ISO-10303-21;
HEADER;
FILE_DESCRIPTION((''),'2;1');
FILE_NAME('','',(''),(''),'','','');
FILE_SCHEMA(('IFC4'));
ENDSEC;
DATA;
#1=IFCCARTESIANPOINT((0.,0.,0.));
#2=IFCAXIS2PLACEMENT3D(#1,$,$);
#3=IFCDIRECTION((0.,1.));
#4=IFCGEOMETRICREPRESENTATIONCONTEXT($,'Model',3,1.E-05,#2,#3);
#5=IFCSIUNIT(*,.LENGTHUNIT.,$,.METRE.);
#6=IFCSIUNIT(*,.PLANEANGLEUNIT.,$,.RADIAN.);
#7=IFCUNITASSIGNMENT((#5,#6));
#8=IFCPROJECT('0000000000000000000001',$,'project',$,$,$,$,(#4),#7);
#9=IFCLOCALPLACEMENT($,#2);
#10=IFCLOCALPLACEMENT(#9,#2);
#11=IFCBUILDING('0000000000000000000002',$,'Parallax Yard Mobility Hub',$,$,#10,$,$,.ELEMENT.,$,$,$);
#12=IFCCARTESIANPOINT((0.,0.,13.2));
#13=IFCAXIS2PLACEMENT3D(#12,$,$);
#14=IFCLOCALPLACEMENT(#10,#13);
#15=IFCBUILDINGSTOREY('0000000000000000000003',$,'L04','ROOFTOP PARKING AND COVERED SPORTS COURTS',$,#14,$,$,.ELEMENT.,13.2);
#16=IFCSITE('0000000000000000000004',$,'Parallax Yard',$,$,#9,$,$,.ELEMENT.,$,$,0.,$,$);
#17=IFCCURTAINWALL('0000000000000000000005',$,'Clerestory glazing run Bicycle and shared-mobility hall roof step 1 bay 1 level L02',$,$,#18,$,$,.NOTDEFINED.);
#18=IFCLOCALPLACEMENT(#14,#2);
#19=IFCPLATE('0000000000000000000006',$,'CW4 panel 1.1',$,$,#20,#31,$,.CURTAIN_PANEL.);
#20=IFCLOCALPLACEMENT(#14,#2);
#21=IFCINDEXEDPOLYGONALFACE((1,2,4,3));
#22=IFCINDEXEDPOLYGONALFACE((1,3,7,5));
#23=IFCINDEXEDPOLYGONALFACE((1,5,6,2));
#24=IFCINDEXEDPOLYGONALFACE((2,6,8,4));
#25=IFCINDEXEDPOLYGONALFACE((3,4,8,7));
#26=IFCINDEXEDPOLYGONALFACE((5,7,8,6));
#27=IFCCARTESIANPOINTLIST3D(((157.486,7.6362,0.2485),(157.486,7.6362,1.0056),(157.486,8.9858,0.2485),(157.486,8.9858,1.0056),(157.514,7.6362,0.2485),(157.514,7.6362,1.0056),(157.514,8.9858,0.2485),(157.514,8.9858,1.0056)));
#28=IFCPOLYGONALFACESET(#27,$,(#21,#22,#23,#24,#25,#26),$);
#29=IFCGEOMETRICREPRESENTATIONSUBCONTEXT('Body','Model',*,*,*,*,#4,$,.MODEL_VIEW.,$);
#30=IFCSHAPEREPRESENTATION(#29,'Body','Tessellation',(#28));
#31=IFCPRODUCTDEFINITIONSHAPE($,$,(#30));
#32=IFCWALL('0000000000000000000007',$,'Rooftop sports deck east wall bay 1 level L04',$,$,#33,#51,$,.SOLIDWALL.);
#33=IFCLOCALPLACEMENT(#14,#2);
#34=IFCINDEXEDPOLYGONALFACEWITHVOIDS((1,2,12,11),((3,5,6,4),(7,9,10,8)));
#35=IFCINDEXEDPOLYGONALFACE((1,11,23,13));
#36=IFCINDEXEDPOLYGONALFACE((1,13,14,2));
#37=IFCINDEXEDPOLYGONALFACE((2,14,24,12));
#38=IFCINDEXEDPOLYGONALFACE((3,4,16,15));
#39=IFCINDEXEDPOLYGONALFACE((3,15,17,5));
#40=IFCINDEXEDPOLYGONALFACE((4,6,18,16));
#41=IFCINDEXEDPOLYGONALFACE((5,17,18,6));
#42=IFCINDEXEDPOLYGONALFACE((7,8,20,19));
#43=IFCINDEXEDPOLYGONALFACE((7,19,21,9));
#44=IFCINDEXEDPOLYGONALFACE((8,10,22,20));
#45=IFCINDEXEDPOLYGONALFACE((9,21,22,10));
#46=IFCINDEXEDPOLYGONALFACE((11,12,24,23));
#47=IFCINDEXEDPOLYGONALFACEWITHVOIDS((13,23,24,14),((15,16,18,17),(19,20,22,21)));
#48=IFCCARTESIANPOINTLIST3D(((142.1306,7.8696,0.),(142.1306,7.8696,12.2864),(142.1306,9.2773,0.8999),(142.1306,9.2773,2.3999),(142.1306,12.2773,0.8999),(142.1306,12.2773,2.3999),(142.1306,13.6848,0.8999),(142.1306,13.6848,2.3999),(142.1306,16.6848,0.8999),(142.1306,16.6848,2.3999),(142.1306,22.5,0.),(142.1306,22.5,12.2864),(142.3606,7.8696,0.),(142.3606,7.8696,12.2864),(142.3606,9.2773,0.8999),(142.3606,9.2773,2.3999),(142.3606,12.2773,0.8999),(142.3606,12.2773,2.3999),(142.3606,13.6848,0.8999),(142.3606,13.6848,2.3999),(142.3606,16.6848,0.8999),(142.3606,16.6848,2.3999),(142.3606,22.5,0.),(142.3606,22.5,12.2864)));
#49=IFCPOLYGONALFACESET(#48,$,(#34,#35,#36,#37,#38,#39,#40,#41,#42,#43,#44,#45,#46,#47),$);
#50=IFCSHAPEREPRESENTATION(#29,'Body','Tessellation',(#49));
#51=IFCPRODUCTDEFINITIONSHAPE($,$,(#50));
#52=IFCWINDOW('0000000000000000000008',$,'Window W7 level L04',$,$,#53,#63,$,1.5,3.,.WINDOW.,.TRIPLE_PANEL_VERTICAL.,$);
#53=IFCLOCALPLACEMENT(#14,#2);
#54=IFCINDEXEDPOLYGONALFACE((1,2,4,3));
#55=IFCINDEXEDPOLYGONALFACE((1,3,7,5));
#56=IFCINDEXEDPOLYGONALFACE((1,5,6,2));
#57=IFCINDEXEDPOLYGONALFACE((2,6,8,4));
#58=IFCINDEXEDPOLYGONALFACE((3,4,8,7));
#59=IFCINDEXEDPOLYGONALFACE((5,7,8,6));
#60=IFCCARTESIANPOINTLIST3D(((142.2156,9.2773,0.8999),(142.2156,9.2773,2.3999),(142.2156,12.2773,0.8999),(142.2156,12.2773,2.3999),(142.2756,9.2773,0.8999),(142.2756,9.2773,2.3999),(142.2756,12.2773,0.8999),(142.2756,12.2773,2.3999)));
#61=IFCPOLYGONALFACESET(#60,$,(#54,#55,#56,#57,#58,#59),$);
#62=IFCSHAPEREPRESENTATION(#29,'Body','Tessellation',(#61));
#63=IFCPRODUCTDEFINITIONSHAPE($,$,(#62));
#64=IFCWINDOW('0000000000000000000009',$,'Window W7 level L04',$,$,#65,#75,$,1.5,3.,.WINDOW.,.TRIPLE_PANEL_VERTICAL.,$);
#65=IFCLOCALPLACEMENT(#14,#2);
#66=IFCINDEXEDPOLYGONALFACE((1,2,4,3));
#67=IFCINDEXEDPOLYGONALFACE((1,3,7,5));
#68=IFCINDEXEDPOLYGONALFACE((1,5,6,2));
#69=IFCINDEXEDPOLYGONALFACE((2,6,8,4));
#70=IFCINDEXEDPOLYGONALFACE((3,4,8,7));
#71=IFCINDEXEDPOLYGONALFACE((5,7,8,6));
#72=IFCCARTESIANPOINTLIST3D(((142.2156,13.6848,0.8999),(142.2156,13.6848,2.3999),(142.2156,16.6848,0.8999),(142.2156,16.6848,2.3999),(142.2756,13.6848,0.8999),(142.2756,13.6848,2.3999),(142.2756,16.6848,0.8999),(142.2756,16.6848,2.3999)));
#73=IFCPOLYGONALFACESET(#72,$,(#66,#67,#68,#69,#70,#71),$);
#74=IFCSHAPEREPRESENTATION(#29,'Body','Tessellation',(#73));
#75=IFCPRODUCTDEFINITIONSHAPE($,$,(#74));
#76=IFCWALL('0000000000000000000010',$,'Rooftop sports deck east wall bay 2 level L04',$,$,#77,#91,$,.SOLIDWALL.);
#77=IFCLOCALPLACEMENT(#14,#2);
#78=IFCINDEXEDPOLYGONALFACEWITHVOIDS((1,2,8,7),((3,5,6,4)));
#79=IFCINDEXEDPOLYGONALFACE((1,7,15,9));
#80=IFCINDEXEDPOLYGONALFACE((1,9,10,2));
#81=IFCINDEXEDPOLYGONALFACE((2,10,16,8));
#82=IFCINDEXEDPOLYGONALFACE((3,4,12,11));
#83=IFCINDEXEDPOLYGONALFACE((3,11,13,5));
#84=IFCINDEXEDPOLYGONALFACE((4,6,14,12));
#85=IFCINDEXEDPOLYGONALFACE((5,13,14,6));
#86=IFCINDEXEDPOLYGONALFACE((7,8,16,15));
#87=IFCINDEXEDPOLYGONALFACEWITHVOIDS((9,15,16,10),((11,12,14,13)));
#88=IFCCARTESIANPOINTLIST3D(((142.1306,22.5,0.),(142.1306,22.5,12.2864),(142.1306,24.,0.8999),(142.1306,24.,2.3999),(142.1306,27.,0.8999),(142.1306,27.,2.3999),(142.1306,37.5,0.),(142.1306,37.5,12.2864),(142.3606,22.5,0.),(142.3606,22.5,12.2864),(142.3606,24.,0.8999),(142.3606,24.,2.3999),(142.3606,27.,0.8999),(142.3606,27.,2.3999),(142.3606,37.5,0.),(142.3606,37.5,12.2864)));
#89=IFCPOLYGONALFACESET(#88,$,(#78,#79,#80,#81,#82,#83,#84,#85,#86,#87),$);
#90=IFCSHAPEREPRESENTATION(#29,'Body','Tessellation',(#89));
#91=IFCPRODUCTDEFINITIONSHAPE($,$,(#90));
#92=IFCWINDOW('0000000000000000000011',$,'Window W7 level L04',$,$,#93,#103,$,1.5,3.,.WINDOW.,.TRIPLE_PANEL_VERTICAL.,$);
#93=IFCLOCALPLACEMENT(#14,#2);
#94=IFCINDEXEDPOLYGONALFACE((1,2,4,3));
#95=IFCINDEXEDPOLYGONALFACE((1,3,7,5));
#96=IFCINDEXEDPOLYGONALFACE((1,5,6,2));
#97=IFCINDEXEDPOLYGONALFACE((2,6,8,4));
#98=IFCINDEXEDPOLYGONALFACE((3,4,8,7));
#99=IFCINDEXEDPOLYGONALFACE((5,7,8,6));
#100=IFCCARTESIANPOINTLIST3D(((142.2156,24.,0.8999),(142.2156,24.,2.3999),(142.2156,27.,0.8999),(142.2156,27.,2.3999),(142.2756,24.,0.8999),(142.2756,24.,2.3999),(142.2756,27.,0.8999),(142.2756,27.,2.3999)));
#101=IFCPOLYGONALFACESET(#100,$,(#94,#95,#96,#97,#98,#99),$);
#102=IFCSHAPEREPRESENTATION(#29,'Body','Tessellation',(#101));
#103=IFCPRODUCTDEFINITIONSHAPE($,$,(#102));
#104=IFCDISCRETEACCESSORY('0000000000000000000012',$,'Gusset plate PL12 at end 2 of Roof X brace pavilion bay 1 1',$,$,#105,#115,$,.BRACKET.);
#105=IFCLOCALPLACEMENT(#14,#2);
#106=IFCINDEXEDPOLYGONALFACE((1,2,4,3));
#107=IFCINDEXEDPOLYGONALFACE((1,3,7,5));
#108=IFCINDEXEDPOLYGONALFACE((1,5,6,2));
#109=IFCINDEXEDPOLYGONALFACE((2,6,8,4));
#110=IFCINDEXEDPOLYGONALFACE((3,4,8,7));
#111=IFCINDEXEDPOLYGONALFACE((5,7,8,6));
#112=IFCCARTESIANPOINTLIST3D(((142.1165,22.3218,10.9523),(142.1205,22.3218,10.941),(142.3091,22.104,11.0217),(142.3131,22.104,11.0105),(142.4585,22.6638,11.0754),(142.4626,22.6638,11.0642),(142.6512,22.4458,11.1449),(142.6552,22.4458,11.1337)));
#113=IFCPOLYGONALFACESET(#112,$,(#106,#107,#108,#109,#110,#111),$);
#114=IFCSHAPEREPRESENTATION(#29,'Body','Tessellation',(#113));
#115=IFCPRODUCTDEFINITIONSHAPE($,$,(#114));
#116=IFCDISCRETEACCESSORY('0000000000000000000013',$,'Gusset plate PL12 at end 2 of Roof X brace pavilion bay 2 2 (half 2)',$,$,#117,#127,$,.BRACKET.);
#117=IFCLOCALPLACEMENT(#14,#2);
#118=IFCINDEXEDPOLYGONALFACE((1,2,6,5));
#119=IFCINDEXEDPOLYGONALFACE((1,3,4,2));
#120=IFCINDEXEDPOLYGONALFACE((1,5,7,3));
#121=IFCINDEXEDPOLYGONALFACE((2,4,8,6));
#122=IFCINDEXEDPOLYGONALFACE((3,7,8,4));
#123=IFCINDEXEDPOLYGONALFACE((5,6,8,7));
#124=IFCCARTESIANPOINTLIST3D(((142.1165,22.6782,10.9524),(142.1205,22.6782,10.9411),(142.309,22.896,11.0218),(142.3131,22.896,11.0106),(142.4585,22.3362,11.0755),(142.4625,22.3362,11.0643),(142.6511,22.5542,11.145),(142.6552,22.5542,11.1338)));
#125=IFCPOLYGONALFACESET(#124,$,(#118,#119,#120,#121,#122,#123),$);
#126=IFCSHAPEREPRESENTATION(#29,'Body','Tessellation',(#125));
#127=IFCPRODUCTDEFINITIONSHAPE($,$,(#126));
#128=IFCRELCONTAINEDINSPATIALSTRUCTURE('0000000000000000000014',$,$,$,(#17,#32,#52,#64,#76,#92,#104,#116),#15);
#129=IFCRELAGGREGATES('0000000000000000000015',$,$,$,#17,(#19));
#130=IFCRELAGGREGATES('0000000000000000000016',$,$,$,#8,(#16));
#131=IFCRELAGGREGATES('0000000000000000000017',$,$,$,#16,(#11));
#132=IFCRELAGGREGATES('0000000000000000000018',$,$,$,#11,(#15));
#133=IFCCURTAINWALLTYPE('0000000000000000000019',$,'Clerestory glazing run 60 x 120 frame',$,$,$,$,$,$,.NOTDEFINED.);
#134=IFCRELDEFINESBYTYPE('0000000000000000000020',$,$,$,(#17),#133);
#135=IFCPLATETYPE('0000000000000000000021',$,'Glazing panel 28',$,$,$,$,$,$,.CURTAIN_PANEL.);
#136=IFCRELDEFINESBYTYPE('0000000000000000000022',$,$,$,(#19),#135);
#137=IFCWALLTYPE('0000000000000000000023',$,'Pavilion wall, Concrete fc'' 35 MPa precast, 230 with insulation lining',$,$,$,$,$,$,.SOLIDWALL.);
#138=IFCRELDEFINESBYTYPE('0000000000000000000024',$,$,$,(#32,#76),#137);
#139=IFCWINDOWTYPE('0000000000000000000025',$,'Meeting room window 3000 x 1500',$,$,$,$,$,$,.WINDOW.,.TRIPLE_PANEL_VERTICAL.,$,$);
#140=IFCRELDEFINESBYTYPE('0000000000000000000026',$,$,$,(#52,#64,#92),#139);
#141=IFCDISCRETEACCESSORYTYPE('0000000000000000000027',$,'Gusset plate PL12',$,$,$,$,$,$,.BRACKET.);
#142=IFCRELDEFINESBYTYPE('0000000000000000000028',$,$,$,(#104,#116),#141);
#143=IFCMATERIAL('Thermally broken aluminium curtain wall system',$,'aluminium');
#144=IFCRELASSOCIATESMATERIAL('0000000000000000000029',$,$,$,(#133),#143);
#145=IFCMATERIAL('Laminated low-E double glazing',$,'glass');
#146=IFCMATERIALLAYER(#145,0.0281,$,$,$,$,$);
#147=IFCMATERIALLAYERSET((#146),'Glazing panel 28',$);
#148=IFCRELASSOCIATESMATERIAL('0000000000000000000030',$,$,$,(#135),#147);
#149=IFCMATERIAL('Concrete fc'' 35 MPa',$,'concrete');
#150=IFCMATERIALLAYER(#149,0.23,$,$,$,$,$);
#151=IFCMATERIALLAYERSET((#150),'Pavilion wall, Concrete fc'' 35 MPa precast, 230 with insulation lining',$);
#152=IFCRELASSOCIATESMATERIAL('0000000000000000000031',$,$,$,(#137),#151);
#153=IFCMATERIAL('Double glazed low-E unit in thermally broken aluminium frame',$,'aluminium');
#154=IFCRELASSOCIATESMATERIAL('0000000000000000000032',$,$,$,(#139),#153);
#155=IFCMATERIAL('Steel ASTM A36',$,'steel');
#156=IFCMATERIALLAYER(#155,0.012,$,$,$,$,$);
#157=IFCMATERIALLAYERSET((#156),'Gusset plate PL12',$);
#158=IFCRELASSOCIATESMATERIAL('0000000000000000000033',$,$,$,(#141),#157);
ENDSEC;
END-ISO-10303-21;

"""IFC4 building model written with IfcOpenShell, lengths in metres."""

from ifc_helpers import new_model, si_unit, direction, frame, frame_2d, origin, origin_2d, place, context, subcontext, project, spatial, polyline, rectangle, outline, extrude, material, layer, layer_set, type_object, element, fill, aggregate, save


model = new_model("IFC4")

# Units and contexts
model_context = context("Model", 3, precision=1e-05, world=origin(), true_north=direction((0.0, 1.0)))
body_context = subcontext(model_context, "Body", "Model", "MODEL_VIEW")
ifc_project = project(units=[si_unit("LENGTHUNIT", "METRE"), si_unit("PLANEANGLEUNIT", "RADIAN")], contexts=[model_context])

# Site, building, storey
site_placement = place(None, origin())
site = spatial("IfcSite", under=ifc_project, at=site_placement, Name="Parallax Yard", CompositionType="ELEMENT", RefElevation=0.0)
building_placement = place(site_placement, origin())
building = spatial("IfcBuilding", under=site, at=building_placement, Name="Parallax Yard Mobility Hub", CompositionType="ELEMENT")
storey_placement = place(building_placement, frame((0.0, 0.0, 13.2)))
storey = spatial("IfcBuildingStorey", under=building, at=storey_placement, Name="L04", Description="ROOFTOP PARKING AND COVERED SPORTS COURTS", CompositionType="ELEMENT", Elevation=13.2)

# Shared definitions
ifc_material_1 = material(Name="Thermally broken aluminium curtain wall system", Category="aluminium")
curtain_wall_type = type_object("IfcCurtainWallType", Name="Clerestory glazing run 60 x 120 frame", PredefinedType="NOTDEFINED", material=ifc_material_1)

# Shared definitions
ifc_material_2 = material(Name="Laminated low-E double glazing", Category="glass")
ifc_layer_1 = layer(ifc_material_2, 0.0281)
ifc_layer_set_1 = layer_set([ifc_layer_1], Name="Glazing panel 28")
plate_type = type_object("IfcPlateType", Name="Glazing panel 28", PredefinedType="CURTAIN_PANEL", material=ifc_layer_set_1)

# Curtain wall, plate
curtain_wall_1_placement = place(storey_placement, origin())
curtain_wall_1 = element("IfcCurtainWall", 1, at=curtain_wall_1_placement, inside=storey, type_object=curtain_wall_type, Name="Clerestory glazing run Bicycle and shared-mobility hall roof step 1 bay 1 level L02", PredefinedType="NOTDEFINED")
plate_1_placement = place(storey_placement, frame((157.5, 8.311, 0.2485), z_axis=(0.0, 0.0, 1.0), x_axis=(0.0, 1.0, 0.0)))
plate_1 = element("IfcPlate", 2, at=plate_1_placement, type_object=plate_type, Name="CW4 panel 1.1", PredefinedType="CURTAIN_PANEL", context=body_context, shape_type="SweptSolid", body=[
    extrude(rectangle(XDim=1.3496, YDim=0.0281, at=origin_2d()), origin(), (0.0, 0.0, 1.0), 0.7571),
])
aggregate(curtain_wall_1, [plate_1])

# Wall, openings, windows
ifc_material_3 = material(Name="Concrete fc' 35 MPa", Category="concrete")
ifc_layer_2 = layer(ifc_material_3, 0.23)
ifc_layer_set_2 = layer_set([ifc_layer_2], Name="Pavilion wall, Concrete fc' 35 MPa precast, 230 with insulation lining")
wall_type = type_object("IfcWallType", Name="Pavilion wall, Concrete fc' 35 MPa precast, 230 with insulation lining", PredefinedType="SOLIDWALL", material=ifc_layer_set_2)
wall_1_placement = place(storey_placement, frame((142.2456, 7.8696, 0.0), z_axis=(0.0, 0.0, 1.0), x_axis=(0.0, 1.0, 0.0)))
wall_1 = element("IfcWall", 3, at=wall_1_placement, inside=storey, type_object=wall_type, Name="Rooftop sports deck east wall bay 1 level L04", PredefinedType="SOLIDWALL", context=body_context, shape_type="SweptSolid", body=[
    extrude(rectangle(XDim=14.6304, YDim=0.23, at=frame_2d((7.3152, 0.0))), origin(), (0.0, 0.0, 1.0), 12.2864),
])
opening_1_placement = place(wall_1_placement, frame((1.4077, 0.0, 0.8999)))
opening_1 = element("IfcOpeningElement", 4, at=opening_1_placement, cuts=wall_1, PredefinedType="OPENING", context=body_context, shape_type="SweptSolid", body=[
    extrude(rectangle(XDim=3.0, YDim=1.5, at=frame_2d((1.5, 0.75))), frame((0.0, 0.125, 0.0), z_axis=(0.0, -1.0, 0.0), x_axis=(1.0, 0.0, 0.0)), (0.0, 0.0, 1.0), 0.25),
])
opening_2_placement = place(wall_1_placement, frame((5.8152, 0.0, 0.8999)))
opening_2 = element("IfcOpeningElement", 5, at=opening_2_placement, cuts=wall_1, PredefinedType="OPENING", context=body_context, shape_type="SweptSolid", body=[
    extrude(rectangle(XDim=3.0, YDim=1.5, at=frame_2d((1.5, 0.75))), frame((0.0, 0.125, 0.0), z_axis=(0.0, -1.0, 0.0), x_axis=(1.0, 0.0, 0.0)), (0.0, 0.0, 1.0), 0.25),
])
ifc_material_4 = material(Name="Double glazed low-E unit in thermally broken aluminium frame", Category="aluminium")
window_type = type_object("IfcWindowType", Name="Meeting room window 3000 x 1500", PartitioningType="TRIPLE_PANEL_VERTICAL", PredefinedType="WINDOW", material=ifc_material_4)
window_1_placement = place(opening_1_placement, origin())
window_1 = element("IfcWindow", 6, at=window_1_placement, inside=storey, type_object=window_type, Name="Window W7 level L04", OverallHeight=1.5, OverallWidth=3.0, PartitioningType="TRIPLE_PANEL_VERTICAL", PredefinedType="WINDOW", context=body_context, shape_type="SweptSolid", body=[
    extrude(rectangle(XDim=3.0, YDim=1.5, at=frame_2d((1.5, 0.75))), frame((0.0, 0.03, 0.0), z_axis=(0.0, -1.0, 0.0), x_axis=(1.0, 0.0, 0.0)), (0.0, 0.0, 1.0), 0.0601),
])
fill(opening_1, window_1)
window_2_placement = place(opening_2_placement, origin())
window_2 = element("IfcWindow", 7, at=window_2_placement, inside=storey, type_object=window_type, Name="Window W7 level L04", OverallHeight=1.5, OverallWidth=3.0, PartitioningType="TRIPLE_PANEL_VERTICAL", PredefinedType="WINDOW", context=body_context, shape_type="SweptSolid", body=[
    extrude(rectangle(XDim=3.0, YDim=1.5, at=frame_2d((1.5, 0.75))), frame((0.0, 0.03, 0.0), z_axis=(0.0, -1.0, 0.0), x_axis=(1.0, 0.0, 0.0)), (0.0, 0.0, 1.0), 0.0601),
])
fill(opening_2, window_2)

# Wall, opening, window
wall_2_placement = place(storey_placement, frame((142.2456, 22.5, 0.0), z_axis=(0.0, 0.0, 1.0), x_axis=(0.0, 1.0, 0.0)))
wall_2 = element("IfcWall", 8, at=wall_2_placement, inside=storey, type_object=wall_type, Name="Rooftop sports deck east wall bay 2 level L04", PredefinedType="SOLIDWALL", context=body_context, shape_type="SweptSolid", body=[
    extrude(rectangle(XDim=15.0, YDim=0.23, at=frame_2d((7.5, 0.0))), origin(), (0.0, 0.0, 1.0), 12.2864),
])
opening_3_placement = place(wall_2_placement, frame((1.5, 0.0, 0.8999)))
opening_3 = element("IfcOpeningElement", 9, at=opening_3_placement, cuts=wall_2, PredefinedType="OPENING", context=body_context, shape_type="SweptSolid", body=[
    extrude(rectangle(XDim=3.0, YDim=1.5, at=frame_2d((1.5, 0.75))), frame((0.0, 0.125, 0.0), z_axis=(0.0, -1.0, 0.0), x_axis=(1.0, 0.0, 0.0)), (0.0, 0.0, 1.0), 0.25),
])
window_3_placement = place(opening_3_placement, origin())
window_3 = element("IfcWindow", 10, at=window_3_placement, inside=storey, type_object=window_type, Name="Window W7 level L04", OverallHeight=1.5, OverallWidth=3.0, PartitioningType="TRIPLE_PANEL_VERTICAL", PredefinedType="WINDOW", context=body_context, shape_type="SweptSolid", body=[
    extrude(rectangle(XDim=3.0, YDim=1.5, at=frame_2d((1.5, 0.75))), frame((0.0, 0.03, 0.0), z_axis=(0.0, -1.0, 0.0), x_axis=(1.0, 0.0, 0.0)), (0.0, 0.0, 1.0), 0.0601),
])
fill(opening_3, window_3)

# Discrete accessories
ifc_material_5 = material(Name="Steel ASTM A36", Category="steel")
ifc_layer_3 = layer(ifc_material_5, 0.012)
ifc_layer_set_3 = layer_set([ifc_layer_3], Name="Gusset plate PL12")
discrete_accessory_type = type_object("IfcDiscreteAccessoryType", Name="Gusset plate PL12", PredefinedType="BRACKET", material=ifc_layer_set_3)
discrete_accessory_1_placement = place(storey_placement, frame((142.3091, 22.104, 11.0217), z_axis=(-0.338991, 0.000213, 0.940789), x_axis=(0.685508, 0.68494, 0.246851)))
element("IfcDiscreteAccessory", 11, at=discrete_accessory_1_placement, inside=storey, type_object=discrete_accessory_type, Name="Gusset plate PL12 at end 2 of Roof X brace pavilion bay 1 1", PredefinedType="BRACKET", context=body_context, shape_type="SweptSolid", body=[
    extrude(outline(polyline([(0.0, 0.0), (0.499, 0.0), (0.4991, 0.2991), (0.0, 0.2989), (0.0, 0.0)])), origin(), (0.0, 0.0, -1.0), 0.012),
])
discrete_accessory_2_placement = place(storey_placement, frame((142.1165, 22.6782, 10.9524), z_axis=(-0.338991, -0.000213, 0.940789), x_axis=(0.685205, -0.685283, 0.246742)))
element("IfcDiscreteAccessory", 12, at=discrete_accessory_2_placement, inside=storey, type_object=discrete_accessory_type, Name="Gusset plate PL12 at end 2 of Roof X brace pavilion bay 2 2 (half 2)", PredefinedType="BRACKET", context=body_context, shape_type="SweptSolid", body=[
    extrude(outline(polyline([(0.0, 0.0), (0.4991, 0.0), (0.4989, 0.2991), (-0.0001, 0.2989), (0.0, 0.0)])), origin(), (0.0, 0.0, -1.0), 0.012),
])

save(model, "model.ifc")
